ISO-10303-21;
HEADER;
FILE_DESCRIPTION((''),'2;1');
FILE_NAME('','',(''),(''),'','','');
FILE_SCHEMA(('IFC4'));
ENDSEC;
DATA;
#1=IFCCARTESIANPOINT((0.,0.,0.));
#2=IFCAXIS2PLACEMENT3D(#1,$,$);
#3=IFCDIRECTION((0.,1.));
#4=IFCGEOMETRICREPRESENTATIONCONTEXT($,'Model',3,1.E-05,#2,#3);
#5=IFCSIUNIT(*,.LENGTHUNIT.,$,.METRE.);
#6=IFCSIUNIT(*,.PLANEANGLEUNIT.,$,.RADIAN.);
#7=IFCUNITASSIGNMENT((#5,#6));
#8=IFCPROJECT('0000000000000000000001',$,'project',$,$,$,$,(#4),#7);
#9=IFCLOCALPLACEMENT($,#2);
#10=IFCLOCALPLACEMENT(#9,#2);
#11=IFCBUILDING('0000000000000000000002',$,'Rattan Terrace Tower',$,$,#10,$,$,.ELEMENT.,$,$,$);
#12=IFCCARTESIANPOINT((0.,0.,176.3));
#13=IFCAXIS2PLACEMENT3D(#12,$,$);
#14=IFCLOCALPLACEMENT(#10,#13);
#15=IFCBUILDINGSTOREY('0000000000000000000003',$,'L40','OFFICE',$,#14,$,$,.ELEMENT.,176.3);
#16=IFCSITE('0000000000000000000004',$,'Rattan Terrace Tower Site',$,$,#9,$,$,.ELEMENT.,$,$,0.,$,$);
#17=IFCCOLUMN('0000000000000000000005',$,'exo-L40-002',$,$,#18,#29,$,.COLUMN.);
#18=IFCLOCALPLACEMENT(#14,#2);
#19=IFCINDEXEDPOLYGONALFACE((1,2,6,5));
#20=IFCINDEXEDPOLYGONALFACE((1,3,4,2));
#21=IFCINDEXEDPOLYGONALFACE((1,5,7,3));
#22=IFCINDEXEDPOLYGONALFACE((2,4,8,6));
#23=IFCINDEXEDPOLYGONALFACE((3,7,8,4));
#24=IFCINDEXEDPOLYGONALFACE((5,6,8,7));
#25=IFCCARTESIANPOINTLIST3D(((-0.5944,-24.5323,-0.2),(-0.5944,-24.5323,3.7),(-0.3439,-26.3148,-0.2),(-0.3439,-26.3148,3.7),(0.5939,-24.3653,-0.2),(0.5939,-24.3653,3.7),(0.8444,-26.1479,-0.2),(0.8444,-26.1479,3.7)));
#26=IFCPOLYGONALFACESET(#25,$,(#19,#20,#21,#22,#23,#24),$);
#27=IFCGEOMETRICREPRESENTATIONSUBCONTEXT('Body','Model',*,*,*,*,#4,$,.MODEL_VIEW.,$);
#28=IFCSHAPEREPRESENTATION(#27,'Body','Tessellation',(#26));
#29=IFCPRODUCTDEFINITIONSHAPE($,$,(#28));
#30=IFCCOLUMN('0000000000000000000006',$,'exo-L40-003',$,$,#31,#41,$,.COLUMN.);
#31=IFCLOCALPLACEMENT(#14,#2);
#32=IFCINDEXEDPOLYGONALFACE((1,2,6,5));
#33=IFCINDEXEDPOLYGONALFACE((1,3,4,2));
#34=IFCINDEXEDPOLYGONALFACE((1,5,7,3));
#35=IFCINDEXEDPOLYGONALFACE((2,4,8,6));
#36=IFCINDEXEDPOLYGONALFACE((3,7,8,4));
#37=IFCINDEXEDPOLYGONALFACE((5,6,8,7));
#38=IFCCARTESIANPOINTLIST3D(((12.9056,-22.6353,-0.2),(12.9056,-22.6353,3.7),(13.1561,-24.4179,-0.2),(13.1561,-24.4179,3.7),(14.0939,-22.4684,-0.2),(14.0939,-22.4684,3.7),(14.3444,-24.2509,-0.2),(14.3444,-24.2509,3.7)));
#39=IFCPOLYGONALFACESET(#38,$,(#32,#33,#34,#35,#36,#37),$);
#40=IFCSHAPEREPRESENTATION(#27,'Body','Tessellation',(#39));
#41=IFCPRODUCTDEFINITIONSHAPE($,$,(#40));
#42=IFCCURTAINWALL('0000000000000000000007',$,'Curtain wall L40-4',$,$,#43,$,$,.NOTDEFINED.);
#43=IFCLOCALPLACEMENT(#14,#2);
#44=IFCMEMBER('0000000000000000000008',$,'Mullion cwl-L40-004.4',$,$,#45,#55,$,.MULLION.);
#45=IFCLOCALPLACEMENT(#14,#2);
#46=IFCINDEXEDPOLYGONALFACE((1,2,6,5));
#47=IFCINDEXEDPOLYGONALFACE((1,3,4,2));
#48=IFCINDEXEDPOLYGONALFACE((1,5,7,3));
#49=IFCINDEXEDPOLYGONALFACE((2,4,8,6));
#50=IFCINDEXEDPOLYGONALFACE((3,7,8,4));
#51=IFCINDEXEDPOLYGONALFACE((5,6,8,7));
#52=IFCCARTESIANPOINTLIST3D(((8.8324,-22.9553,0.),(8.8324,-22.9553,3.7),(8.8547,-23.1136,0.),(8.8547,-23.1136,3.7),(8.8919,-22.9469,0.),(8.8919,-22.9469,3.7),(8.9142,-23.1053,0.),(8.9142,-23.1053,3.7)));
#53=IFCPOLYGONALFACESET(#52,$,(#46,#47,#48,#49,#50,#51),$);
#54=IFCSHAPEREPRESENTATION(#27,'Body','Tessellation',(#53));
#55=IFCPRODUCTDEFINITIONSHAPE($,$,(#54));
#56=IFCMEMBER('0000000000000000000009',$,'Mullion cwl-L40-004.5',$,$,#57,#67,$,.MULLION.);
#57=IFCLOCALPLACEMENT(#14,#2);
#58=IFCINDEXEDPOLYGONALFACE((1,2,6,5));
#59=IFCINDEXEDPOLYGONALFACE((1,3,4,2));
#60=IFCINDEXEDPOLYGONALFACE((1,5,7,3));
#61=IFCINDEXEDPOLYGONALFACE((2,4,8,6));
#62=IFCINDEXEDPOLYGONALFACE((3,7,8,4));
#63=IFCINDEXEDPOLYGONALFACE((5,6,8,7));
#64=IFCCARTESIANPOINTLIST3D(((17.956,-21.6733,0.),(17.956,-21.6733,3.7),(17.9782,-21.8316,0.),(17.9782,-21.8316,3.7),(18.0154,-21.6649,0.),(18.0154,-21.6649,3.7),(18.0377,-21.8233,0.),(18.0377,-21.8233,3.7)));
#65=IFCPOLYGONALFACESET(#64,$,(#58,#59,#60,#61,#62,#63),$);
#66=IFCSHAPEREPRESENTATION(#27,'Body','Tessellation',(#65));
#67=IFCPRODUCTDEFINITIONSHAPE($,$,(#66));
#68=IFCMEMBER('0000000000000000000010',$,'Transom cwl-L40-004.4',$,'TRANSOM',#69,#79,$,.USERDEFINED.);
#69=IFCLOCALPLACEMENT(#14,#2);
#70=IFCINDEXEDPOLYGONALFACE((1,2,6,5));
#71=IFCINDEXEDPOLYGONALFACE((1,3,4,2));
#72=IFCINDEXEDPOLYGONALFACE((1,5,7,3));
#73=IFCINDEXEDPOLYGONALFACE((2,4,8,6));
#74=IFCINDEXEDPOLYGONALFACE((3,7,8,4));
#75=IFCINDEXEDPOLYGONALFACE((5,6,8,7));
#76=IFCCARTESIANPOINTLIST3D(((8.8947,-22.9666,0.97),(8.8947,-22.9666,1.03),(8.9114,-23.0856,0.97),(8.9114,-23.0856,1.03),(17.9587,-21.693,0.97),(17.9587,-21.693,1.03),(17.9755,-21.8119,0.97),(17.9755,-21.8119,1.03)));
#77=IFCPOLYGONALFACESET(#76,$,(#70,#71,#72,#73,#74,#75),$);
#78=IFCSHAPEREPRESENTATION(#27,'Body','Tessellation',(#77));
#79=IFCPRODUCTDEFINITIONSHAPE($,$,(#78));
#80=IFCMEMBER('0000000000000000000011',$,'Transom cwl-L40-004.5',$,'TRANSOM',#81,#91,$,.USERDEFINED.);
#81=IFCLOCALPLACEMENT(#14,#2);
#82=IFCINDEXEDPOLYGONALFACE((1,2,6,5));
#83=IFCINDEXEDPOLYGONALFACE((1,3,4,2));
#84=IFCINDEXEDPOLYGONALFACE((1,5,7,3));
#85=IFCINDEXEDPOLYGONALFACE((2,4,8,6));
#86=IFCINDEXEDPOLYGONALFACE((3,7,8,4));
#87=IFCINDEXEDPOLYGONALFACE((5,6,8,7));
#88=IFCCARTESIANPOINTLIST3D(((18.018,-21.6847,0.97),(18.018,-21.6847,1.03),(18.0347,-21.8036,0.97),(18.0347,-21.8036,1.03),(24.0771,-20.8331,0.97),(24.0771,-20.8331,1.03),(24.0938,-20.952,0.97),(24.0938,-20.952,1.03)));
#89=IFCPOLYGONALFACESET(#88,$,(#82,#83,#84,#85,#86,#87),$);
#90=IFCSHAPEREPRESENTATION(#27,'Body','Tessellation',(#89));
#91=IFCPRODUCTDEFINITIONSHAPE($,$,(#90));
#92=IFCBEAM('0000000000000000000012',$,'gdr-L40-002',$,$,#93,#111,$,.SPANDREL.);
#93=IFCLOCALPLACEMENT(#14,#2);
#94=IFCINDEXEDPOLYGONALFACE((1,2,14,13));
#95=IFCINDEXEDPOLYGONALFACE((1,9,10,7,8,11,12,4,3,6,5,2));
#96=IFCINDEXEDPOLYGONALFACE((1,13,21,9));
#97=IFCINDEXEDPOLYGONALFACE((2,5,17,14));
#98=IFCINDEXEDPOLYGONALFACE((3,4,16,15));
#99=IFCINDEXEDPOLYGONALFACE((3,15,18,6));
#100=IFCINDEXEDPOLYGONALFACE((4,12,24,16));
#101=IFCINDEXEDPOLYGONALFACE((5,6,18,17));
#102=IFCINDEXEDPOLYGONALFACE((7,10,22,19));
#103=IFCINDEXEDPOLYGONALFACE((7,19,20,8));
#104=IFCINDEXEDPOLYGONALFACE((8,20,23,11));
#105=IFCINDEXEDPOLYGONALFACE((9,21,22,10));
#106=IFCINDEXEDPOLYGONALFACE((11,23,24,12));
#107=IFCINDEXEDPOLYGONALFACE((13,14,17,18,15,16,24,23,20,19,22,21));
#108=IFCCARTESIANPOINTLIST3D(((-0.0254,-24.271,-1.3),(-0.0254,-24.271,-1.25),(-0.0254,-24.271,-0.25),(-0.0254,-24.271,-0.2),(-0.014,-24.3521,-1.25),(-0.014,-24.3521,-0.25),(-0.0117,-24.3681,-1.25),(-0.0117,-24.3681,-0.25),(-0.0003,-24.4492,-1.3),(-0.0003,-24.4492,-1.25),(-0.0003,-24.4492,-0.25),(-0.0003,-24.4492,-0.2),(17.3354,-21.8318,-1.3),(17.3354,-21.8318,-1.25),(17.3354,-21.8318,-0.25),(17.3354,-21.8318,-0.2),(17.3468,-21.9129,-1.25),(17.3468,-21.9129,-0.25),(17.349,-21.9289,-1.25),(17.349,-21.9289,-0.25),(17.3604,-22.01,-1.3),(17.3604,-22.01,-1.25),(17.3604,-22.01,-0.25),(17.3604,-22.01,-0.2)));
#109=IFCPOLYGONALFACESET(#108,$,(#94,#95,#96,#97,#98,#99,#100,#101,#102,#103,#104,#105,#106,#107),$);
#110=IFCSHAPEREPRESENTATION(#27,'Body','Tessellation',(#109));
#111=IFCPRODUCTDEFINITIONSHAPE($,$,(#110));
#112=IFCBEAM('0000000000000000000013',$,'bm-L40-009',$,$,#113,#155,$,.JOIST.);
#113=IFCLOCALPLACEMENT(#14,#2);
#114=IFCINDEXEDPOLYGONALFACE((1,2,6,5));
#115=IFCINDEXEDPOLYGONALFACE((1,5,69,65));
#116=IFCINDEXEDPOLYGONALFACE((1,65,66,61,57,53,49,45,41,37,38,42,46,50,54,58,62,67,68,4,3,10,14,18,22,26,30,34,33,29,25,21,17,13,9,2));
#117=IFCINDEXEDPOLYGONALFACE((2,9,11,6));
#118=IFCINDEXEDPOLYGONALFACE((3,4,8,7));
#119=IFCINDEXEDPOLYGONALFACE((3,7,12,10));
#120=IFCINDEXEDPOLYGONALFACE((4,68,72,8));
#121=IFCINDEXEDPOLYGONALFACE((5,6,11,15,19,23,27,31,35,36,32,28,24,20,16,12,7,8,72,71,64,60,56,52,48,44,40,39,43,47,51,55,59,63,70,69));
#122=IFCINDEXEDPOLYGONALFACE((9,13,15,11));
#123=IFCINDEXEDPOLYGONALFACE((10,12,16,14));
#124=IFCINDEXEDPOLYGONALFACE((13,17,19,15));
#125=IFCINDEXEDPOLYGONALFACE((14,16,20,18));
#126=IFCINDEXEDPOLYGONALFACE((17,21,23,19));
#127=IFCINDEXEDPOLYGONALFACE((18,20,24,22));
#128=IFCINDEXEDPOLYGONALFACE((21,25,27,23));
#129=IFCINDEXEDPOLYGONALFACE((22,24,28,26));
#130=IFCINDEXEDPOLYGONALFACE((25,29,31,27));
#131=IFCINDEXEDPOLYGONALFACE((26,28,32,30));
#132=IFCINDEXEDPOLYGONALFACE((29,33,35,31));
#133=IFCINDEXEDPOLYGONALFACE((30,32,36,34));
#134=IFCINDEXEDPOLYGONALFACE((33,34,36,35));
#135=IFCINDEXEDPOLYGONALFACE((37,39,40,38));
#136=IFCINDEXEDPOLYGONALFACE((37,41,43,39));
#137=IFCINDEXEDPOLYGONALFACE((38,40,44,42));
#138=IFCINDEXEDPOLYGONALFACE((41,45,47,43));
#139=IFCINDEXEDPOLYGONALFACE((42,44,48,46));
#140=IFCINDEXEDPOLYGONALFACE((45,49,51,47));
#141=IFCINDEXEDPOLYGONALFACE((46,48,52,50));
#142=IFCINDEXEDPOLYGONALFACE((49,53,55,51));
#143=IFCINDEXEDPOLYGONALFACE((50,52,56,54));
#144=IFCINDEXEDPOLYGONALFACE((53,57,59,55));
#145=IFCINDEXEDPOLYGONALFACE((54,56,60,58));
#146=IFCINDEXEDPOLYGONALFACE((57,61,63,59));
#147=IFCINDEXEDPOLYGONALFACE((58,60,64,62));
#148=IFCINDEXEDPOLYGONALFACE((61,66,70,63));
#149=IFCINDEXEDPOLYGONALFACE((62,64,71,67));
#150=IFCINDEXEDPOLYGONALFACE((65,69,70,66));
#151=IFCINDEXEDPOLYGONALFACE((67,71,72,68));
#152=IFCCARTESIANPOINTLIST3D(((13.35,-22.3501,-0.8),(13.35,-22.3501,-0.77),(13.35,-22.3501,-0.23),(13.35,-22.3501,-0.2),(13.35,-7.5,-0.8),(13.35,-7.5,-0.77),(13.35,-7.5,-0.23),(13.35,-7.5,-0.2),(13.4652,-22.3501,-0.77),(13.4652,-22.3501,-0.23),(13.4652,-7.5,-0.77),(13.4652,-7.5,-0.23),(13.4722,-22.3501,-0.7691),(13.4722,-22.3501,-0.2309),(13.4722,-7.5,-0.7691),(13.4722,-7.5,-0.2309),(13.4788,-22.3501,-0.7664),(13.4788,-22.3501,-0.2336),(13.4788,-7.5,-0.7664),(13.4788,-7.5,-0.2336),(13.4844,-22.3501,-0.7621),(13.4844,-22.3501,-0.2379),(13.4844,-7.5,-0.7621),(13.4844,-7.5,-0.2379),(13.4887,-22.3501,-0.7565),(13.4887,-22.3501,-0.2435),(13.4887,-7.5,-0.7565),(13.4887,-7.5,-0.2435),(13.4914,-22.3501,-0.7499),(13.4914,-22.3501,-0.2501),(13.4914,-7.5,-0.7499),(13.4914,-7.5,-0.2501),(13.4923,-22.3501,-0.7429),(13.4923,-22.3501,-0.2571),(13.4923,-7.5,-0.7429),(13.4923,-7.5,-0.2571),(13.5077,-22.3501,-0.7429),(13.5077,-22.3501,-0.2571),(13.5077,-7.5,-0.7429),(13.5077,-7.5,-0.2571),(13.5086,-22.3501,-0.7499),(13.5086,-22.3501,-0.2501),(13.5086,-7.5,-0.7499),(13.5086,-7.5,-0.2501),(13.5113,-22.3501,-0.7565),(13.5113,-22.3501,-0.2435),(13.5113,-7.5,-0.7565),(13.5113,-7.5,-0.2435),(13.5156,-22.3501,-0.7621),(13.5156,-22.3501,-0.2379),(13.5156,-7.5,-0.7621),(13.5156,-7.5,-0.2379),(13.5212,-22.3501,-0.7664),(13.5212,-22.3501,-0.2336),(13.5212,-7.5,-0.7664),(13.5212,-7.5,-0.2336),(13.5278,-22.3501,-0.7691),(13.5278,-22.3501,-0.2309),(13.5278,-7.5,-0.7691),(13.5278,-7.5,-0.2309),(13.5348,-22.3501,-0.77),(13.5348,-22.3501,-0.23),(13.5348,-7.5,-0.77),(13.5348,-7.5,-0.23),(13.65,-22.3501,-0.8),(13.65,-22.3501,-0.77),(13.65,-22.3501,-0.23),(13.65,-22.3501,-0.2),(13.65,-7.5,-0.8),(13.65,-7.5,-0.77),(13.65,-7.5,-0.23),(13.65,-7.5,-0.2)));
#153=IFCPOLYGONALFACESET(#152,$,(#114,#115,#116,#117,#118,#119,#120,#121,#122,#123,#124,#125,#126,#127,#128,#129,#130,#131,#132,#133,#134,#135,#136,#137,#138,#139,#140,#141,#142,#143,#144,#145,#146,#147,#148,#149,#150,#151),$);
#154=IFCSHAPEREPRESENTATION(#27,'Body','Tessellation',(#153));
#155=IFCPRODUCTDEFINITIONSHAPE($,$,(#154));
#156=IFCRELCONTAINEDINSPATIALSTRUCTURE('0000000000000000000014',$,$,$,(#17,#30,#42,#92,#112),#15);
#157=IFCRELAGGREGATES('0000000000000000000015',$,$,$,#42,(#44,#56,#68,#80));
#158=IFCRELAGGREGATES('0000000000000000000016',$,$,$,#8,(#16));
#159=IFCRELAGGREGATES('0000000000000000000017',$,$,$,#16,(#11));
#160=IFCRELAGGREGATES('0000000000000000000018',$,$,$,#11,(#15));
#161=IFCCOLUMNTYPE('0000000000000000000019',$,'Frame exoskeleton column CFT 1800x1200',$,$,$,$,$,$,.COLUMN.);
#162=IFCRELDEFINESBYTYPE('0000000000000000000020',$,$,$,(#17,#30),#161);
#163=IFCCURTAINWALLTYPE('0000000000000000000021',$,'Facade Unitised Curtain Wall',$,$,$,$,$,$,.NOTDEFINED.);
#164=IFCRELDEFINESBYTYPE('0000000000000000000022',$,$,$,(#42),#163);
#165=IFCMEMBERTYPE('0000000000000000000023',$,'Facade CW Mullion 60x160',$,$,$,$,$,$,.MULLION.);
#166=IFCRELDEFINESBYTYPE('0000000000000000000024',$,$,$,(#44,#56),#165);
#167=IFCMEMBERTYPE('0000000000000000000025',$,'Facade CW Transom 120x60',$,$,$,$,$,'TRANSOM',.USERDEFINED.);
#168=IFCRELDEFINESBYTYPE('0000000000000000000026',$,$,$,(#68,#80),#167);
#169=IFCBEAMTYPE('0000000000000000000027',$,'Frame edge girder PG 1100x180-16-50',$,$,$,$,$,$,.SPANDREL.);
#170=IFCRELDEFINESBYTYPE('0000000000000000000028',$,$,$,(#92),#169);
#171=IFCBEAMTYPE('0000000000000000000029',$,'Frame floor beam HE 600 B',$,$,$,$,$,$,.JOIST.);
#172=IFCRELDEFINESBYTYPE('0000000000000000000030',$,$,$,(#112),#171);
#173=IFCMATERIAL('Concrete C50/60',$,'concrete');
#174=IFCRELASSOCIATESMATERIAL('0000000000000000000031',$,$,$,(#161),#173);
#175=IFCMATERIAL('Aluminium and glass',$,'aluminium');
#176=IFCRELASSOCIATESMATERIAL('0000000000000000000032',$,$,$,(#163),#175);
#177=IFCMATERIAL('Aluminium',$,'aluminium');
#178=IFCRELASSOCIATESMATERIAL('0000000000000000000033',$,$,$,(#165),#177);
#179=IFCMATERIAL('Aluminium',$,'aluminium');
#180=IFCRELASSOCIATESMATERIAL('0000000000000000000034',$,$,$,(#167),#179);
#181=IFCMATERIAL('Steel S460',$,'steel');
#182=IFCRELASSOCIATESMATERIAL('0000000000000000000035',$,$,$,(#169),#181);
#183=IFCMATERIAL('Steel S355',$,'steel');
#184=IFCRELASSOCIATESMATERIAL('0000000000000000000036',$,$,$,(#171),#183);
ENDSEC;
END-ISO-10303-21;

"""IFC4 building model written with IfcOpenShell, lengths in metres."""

from ifc_helpers import new_model, si_unit, direction, frame, origin, origin_2d, place, context, subcontext, project, spatial, rectangle, i_section, extrude, material, material_profile, profile_set, type_object, element, aggregate, save


model = new_model("IFC4")

# Units and contexts
model_context = context("Model", 3, precision=1e-05, world=origin(), true_north=direction((0.0, 1.0)))
body_context = subcontext(model_context, "Body", "Model", "MODEL_VIEW")
ifc_project = project(units=[si_unit("LENGTHUNIT", "METRE"), si_unit("PLANEANGLEUNIT", "RADIAN")], contexts=[model_context])

# Site, building, storey
site_placement = place(None, origin())
site = spatial("IfcSite", under=ifc_project, at=site_placement, Name="Rattan Terrace Tower Site", CompositionType="ELEMENT", RefElevation=0.0)
building_placement = place(site_placement, origin())
building = spatial("IfcBuilding", under=site, at=building_placement, Name="Rattan Terrace Tower", CompositionType="ELEMENT")
storey_placement = place(building_placement, frame((0.0, 0.0, 176.3)))
storey = spatial("IfcBuildingStorey", under=building, at=storey_placement, Name="L40", Description="OFFICE", CompositionType="ELEMENT", Elevation=176.3)

# Columns
ifc_material_1 = material(Name="Concrete C50/60", Category="concrete")
ifc_material_profile_1 = material_profile(ifc_material_1, rectangle(XDim=1.2, YDim=1.8, at=origin_2d()), Name="CFT 1800x1200")
ifc_profile_set_1 = profile_set([ifc_material_profile_1], Name="Concrete C50/60")
column_type = type_object("IfcColumnType", Name="Frame exoskeleton column CFT 1800x1200", PredefinedType="COLUMN", material=ifc_profile_set_1)
for number, where, z_axis, x_axis, name in (
    (1, (0.125, -25.3401, -0.2), (0.0, 0.0, 1.0), (0.99027, 0.139156, 0.0), "exo-L40-002"),
    (2, (13.625, -23.4431, -0.2), (0.0, 0.0, 1.0), (0.99027, 0.139156, 0.0), "exo-L40-003"),
):
    element("IfcColumn", number, at=place(storey_placement, frame(where, z_axis=z_axis, x_axis=x_axis)), inside=storey, type_object=column_type, Name=name, PredefinedType="COLUMN", context=body_context, shape_type="SweptSolid", body=[
        extrude(rectangle(XDim=1.2, YDim=1.8, at=origin_2d()), origin(), (0.0, 0.0, 1.0), 3.8999),
    ])

# Curtain wall, members
ifc_material_2 = material(Name="Aluminium and glass", Category="aluminium")
curtain_wall_type = type_object("IfcCurtainWallType", Name="Facade Unitised Curtain Wall", PredefinedType="NOTDEFINED", material=ifc_material_2)
curtain_wall_placement = place(storey_placement, origin())
curtain_wall = element("IfcCurtainWall", 3, at=curtain_wall_placement, inside=storey, type_object=curtain_wall_type, Name="Curtain wall L40-4", PredefinedType="NOTDEFINED")
ifc_material_3 = material(Name="Aluminium", Category="aluminium")
ifc_material_profile_2 = material_profile(ifc_material_3, rectangle(XDim=0.0601, YDim=0.1599, at=origin_2d()), Name="Aluminium 60x160")
ifc_profile_set_2 = profile_set([ifc_material_profile_2], Name="Aluminium")
member_type_1 = type_object("IfcMemberType", Name="Facade CW Mullion 60x160", PredefinedType="MULLION", material=ifc_profile_set_2)
member_1_placement = place(storey_placement, frame((8.8733, -23.0303, 0.0), z_axis=(0.0, 0.0, 1.0), x_axis=(0.99027, 0.139161, 0.0)))
member_1 = element("IfcMember", 4, at=member_1_placement, type_object=member_type_1, Name="Mullion cwl-L40-004.4", PredefinedType="MULLION", context=body_context, shape_type="SweptSolid", body=[
    extrude(rectangle(XDim=0.0601, YDim=0.1599, at=origin_2d()), origin(), (0.0, 0.0, 1.0), 3.7),
])
member_2_placement = place(storey_placement, frame((17.9968, -21.7483, 0.0), z_axis=(0.0, 0.0, 1.0), x_axis=(0.99027, 0.139161, 0.0)))
member_2 = element("IfcMember", 5, at=member_2_placement, type_object=member_type_1, Name="Mullion cwl-L40-004.5", PredefinedType="MULLION", context=body_context, shape_type="SweptSolid", body=[
    extrude(rectangle(XDim=0.0601, YDim=0.1599, at=origin_2d()), origin(), (0.0, 0.0, 1.0), 3.7),
])
ifc_material_4 = material(Name="Aluminium", Category="aluminium")
ifc_material_profile_3 = material_profile(ifc_material_4, rectangle(XDim=0.1201, YDim=0.0601, at=origin_2d()), Name="Aluminium 120x60")
ifc_profile_set_3 = profile_set([ifc_material_profile_3], Name="Aluminium")
member_type_2 = type_object("IfcMemberType", Name="Facade CW Transom 120x60", ElementType="TRANSOM", PredefinedType="USERDEFINED", material=ifc_profile_set_3)
member_3_placement = place(storey_placement, frame((8.9031, -23.0261, 1.0), z_axis=(0.990271, 0.139154, 0.0), x_axis=(-0.139154, 0.990271, 0.0)))
member_3 = element("IfcMember", 6, at=member_3_placement, type_object=member_type_2, Name="Transom cwl-L40-004.4", ObjectType="TRANSOM", PredefinedType="USERDEFINED", context=body_context, shape_type="SweptSolid", body=[
    extrude(rectangle(XDim=0.1201, YDim=0.0601, at=origin_2d()), origin(), (0.0, 0.0, 1.0), 9.1531),
])
member_4_placement = place(storey_placement, frame((18.0264, -21.7441, 1.0), z_axis=(0.990268, 0.139175, 0.0), x_axis=(-0.139175, 0.990268, 0.0)))
member_4 = element("IfcMember", 7, at=member_4_placement, type_object=member_type_2, Name="Transom cwl-L40-004.5", ObjectType="TRANSOM", PredefinedType="USERDEFINED", context=body_context, shape_type="SweptSolid", body=[
    extrude(rectangle(XDim=0.1201, YDim=0.0601, at=origin_2d()), origin(), (0.0, 0.0, 1.0), 6.1187),
])

# Beams
ifc_material_5 = material(Name="Steel S460", Category="steel")
ifc_material_profile_4 = material_profile(ifc_material_5, i_section(OverallWidth=0.1799, OverallDepth=1.1001, WebThickness=0.0161, FlangeThickness=0.05, at=origin_2d()), Name="PG 1100x180-16-50")
ifc_profile_set_4 = profile_set([ifc_material_profile_4], Name="Steel S460")
beam_type_1 = type_object("IfcBeamType", Name="Frame edge girder PG 1100x180-16-50", PredefinedType="SPANDREL", material=ifc_profile_set_4)
beam_1_placement = place(storey_placement, frame((17.3479, -21.9209, -0.75), z_axis=(-0.990274, -0.139134, 0.0), x_axis=(0.139134, -0.990274, 0.0)))
element("IfcBeam", 8, at=beam_1_placement, inside=storey, type_object=beam_type_1, Name="gdr-L40-002", PredefinedType="SPANDREL", context=body_context, shape_type="SweptSolid", body=[
    extrude(i_section(OverallWidth=0.1799, OverallDepth=1.1001, WebThickness=0.0161, FlangeThickness=0.05, at=origin_2d()), origin(), (0.0, 0.0, 1.0), 17.5312),
])
ifc_material_6 = material(Name="Steel S355", Category="steel")
ifc_material_profile_5 = material_profile(ifc_material_6, i_section(OverallWidth=0.3, OverallDepth=0.6001, WebThickness=0.0154, FlangeThickness=0.03, FilletRadius=0.0271, at=origin_2d()), Name="HE 600 B")
ifc_profile_set_5 = profile_set([ifc_material_profile_5], Name="Steel S355")
beam_type_2 = type_object("IfcBeamType", Name="Frame floor beam HE 600 B", PredefinedType="JOIST", material=ifc_profile_set_5)
beam_2_placement = place(storey_placement, frame((13.5, -22.3501, -0.5), z_axis=(0.0, 1.0, 0.0), x_axis=(-1.0, 0.0, 0.0)))
element("IfcBeam", 9, at=beam_2_placement, inside=storey, type_object=beam_type_2, Name="bm-L40-009", PredefinedType="JOIST", context=body_context, shape_type="SweptSolid", body=[
    extrude(i_section(OverallWidth=0.3, OverallDepth=0.6001, WebThickness=0.0154, FlangeThickness=0.03, FilletRadius=0.0271, at=origin_2d()), origin(), (0.0, 0.0, 1.0), 14.8501),
])

aggregate(curtain_wall, [member_1, member_2, member_3, member_4])

save(model, "model.ifc")
